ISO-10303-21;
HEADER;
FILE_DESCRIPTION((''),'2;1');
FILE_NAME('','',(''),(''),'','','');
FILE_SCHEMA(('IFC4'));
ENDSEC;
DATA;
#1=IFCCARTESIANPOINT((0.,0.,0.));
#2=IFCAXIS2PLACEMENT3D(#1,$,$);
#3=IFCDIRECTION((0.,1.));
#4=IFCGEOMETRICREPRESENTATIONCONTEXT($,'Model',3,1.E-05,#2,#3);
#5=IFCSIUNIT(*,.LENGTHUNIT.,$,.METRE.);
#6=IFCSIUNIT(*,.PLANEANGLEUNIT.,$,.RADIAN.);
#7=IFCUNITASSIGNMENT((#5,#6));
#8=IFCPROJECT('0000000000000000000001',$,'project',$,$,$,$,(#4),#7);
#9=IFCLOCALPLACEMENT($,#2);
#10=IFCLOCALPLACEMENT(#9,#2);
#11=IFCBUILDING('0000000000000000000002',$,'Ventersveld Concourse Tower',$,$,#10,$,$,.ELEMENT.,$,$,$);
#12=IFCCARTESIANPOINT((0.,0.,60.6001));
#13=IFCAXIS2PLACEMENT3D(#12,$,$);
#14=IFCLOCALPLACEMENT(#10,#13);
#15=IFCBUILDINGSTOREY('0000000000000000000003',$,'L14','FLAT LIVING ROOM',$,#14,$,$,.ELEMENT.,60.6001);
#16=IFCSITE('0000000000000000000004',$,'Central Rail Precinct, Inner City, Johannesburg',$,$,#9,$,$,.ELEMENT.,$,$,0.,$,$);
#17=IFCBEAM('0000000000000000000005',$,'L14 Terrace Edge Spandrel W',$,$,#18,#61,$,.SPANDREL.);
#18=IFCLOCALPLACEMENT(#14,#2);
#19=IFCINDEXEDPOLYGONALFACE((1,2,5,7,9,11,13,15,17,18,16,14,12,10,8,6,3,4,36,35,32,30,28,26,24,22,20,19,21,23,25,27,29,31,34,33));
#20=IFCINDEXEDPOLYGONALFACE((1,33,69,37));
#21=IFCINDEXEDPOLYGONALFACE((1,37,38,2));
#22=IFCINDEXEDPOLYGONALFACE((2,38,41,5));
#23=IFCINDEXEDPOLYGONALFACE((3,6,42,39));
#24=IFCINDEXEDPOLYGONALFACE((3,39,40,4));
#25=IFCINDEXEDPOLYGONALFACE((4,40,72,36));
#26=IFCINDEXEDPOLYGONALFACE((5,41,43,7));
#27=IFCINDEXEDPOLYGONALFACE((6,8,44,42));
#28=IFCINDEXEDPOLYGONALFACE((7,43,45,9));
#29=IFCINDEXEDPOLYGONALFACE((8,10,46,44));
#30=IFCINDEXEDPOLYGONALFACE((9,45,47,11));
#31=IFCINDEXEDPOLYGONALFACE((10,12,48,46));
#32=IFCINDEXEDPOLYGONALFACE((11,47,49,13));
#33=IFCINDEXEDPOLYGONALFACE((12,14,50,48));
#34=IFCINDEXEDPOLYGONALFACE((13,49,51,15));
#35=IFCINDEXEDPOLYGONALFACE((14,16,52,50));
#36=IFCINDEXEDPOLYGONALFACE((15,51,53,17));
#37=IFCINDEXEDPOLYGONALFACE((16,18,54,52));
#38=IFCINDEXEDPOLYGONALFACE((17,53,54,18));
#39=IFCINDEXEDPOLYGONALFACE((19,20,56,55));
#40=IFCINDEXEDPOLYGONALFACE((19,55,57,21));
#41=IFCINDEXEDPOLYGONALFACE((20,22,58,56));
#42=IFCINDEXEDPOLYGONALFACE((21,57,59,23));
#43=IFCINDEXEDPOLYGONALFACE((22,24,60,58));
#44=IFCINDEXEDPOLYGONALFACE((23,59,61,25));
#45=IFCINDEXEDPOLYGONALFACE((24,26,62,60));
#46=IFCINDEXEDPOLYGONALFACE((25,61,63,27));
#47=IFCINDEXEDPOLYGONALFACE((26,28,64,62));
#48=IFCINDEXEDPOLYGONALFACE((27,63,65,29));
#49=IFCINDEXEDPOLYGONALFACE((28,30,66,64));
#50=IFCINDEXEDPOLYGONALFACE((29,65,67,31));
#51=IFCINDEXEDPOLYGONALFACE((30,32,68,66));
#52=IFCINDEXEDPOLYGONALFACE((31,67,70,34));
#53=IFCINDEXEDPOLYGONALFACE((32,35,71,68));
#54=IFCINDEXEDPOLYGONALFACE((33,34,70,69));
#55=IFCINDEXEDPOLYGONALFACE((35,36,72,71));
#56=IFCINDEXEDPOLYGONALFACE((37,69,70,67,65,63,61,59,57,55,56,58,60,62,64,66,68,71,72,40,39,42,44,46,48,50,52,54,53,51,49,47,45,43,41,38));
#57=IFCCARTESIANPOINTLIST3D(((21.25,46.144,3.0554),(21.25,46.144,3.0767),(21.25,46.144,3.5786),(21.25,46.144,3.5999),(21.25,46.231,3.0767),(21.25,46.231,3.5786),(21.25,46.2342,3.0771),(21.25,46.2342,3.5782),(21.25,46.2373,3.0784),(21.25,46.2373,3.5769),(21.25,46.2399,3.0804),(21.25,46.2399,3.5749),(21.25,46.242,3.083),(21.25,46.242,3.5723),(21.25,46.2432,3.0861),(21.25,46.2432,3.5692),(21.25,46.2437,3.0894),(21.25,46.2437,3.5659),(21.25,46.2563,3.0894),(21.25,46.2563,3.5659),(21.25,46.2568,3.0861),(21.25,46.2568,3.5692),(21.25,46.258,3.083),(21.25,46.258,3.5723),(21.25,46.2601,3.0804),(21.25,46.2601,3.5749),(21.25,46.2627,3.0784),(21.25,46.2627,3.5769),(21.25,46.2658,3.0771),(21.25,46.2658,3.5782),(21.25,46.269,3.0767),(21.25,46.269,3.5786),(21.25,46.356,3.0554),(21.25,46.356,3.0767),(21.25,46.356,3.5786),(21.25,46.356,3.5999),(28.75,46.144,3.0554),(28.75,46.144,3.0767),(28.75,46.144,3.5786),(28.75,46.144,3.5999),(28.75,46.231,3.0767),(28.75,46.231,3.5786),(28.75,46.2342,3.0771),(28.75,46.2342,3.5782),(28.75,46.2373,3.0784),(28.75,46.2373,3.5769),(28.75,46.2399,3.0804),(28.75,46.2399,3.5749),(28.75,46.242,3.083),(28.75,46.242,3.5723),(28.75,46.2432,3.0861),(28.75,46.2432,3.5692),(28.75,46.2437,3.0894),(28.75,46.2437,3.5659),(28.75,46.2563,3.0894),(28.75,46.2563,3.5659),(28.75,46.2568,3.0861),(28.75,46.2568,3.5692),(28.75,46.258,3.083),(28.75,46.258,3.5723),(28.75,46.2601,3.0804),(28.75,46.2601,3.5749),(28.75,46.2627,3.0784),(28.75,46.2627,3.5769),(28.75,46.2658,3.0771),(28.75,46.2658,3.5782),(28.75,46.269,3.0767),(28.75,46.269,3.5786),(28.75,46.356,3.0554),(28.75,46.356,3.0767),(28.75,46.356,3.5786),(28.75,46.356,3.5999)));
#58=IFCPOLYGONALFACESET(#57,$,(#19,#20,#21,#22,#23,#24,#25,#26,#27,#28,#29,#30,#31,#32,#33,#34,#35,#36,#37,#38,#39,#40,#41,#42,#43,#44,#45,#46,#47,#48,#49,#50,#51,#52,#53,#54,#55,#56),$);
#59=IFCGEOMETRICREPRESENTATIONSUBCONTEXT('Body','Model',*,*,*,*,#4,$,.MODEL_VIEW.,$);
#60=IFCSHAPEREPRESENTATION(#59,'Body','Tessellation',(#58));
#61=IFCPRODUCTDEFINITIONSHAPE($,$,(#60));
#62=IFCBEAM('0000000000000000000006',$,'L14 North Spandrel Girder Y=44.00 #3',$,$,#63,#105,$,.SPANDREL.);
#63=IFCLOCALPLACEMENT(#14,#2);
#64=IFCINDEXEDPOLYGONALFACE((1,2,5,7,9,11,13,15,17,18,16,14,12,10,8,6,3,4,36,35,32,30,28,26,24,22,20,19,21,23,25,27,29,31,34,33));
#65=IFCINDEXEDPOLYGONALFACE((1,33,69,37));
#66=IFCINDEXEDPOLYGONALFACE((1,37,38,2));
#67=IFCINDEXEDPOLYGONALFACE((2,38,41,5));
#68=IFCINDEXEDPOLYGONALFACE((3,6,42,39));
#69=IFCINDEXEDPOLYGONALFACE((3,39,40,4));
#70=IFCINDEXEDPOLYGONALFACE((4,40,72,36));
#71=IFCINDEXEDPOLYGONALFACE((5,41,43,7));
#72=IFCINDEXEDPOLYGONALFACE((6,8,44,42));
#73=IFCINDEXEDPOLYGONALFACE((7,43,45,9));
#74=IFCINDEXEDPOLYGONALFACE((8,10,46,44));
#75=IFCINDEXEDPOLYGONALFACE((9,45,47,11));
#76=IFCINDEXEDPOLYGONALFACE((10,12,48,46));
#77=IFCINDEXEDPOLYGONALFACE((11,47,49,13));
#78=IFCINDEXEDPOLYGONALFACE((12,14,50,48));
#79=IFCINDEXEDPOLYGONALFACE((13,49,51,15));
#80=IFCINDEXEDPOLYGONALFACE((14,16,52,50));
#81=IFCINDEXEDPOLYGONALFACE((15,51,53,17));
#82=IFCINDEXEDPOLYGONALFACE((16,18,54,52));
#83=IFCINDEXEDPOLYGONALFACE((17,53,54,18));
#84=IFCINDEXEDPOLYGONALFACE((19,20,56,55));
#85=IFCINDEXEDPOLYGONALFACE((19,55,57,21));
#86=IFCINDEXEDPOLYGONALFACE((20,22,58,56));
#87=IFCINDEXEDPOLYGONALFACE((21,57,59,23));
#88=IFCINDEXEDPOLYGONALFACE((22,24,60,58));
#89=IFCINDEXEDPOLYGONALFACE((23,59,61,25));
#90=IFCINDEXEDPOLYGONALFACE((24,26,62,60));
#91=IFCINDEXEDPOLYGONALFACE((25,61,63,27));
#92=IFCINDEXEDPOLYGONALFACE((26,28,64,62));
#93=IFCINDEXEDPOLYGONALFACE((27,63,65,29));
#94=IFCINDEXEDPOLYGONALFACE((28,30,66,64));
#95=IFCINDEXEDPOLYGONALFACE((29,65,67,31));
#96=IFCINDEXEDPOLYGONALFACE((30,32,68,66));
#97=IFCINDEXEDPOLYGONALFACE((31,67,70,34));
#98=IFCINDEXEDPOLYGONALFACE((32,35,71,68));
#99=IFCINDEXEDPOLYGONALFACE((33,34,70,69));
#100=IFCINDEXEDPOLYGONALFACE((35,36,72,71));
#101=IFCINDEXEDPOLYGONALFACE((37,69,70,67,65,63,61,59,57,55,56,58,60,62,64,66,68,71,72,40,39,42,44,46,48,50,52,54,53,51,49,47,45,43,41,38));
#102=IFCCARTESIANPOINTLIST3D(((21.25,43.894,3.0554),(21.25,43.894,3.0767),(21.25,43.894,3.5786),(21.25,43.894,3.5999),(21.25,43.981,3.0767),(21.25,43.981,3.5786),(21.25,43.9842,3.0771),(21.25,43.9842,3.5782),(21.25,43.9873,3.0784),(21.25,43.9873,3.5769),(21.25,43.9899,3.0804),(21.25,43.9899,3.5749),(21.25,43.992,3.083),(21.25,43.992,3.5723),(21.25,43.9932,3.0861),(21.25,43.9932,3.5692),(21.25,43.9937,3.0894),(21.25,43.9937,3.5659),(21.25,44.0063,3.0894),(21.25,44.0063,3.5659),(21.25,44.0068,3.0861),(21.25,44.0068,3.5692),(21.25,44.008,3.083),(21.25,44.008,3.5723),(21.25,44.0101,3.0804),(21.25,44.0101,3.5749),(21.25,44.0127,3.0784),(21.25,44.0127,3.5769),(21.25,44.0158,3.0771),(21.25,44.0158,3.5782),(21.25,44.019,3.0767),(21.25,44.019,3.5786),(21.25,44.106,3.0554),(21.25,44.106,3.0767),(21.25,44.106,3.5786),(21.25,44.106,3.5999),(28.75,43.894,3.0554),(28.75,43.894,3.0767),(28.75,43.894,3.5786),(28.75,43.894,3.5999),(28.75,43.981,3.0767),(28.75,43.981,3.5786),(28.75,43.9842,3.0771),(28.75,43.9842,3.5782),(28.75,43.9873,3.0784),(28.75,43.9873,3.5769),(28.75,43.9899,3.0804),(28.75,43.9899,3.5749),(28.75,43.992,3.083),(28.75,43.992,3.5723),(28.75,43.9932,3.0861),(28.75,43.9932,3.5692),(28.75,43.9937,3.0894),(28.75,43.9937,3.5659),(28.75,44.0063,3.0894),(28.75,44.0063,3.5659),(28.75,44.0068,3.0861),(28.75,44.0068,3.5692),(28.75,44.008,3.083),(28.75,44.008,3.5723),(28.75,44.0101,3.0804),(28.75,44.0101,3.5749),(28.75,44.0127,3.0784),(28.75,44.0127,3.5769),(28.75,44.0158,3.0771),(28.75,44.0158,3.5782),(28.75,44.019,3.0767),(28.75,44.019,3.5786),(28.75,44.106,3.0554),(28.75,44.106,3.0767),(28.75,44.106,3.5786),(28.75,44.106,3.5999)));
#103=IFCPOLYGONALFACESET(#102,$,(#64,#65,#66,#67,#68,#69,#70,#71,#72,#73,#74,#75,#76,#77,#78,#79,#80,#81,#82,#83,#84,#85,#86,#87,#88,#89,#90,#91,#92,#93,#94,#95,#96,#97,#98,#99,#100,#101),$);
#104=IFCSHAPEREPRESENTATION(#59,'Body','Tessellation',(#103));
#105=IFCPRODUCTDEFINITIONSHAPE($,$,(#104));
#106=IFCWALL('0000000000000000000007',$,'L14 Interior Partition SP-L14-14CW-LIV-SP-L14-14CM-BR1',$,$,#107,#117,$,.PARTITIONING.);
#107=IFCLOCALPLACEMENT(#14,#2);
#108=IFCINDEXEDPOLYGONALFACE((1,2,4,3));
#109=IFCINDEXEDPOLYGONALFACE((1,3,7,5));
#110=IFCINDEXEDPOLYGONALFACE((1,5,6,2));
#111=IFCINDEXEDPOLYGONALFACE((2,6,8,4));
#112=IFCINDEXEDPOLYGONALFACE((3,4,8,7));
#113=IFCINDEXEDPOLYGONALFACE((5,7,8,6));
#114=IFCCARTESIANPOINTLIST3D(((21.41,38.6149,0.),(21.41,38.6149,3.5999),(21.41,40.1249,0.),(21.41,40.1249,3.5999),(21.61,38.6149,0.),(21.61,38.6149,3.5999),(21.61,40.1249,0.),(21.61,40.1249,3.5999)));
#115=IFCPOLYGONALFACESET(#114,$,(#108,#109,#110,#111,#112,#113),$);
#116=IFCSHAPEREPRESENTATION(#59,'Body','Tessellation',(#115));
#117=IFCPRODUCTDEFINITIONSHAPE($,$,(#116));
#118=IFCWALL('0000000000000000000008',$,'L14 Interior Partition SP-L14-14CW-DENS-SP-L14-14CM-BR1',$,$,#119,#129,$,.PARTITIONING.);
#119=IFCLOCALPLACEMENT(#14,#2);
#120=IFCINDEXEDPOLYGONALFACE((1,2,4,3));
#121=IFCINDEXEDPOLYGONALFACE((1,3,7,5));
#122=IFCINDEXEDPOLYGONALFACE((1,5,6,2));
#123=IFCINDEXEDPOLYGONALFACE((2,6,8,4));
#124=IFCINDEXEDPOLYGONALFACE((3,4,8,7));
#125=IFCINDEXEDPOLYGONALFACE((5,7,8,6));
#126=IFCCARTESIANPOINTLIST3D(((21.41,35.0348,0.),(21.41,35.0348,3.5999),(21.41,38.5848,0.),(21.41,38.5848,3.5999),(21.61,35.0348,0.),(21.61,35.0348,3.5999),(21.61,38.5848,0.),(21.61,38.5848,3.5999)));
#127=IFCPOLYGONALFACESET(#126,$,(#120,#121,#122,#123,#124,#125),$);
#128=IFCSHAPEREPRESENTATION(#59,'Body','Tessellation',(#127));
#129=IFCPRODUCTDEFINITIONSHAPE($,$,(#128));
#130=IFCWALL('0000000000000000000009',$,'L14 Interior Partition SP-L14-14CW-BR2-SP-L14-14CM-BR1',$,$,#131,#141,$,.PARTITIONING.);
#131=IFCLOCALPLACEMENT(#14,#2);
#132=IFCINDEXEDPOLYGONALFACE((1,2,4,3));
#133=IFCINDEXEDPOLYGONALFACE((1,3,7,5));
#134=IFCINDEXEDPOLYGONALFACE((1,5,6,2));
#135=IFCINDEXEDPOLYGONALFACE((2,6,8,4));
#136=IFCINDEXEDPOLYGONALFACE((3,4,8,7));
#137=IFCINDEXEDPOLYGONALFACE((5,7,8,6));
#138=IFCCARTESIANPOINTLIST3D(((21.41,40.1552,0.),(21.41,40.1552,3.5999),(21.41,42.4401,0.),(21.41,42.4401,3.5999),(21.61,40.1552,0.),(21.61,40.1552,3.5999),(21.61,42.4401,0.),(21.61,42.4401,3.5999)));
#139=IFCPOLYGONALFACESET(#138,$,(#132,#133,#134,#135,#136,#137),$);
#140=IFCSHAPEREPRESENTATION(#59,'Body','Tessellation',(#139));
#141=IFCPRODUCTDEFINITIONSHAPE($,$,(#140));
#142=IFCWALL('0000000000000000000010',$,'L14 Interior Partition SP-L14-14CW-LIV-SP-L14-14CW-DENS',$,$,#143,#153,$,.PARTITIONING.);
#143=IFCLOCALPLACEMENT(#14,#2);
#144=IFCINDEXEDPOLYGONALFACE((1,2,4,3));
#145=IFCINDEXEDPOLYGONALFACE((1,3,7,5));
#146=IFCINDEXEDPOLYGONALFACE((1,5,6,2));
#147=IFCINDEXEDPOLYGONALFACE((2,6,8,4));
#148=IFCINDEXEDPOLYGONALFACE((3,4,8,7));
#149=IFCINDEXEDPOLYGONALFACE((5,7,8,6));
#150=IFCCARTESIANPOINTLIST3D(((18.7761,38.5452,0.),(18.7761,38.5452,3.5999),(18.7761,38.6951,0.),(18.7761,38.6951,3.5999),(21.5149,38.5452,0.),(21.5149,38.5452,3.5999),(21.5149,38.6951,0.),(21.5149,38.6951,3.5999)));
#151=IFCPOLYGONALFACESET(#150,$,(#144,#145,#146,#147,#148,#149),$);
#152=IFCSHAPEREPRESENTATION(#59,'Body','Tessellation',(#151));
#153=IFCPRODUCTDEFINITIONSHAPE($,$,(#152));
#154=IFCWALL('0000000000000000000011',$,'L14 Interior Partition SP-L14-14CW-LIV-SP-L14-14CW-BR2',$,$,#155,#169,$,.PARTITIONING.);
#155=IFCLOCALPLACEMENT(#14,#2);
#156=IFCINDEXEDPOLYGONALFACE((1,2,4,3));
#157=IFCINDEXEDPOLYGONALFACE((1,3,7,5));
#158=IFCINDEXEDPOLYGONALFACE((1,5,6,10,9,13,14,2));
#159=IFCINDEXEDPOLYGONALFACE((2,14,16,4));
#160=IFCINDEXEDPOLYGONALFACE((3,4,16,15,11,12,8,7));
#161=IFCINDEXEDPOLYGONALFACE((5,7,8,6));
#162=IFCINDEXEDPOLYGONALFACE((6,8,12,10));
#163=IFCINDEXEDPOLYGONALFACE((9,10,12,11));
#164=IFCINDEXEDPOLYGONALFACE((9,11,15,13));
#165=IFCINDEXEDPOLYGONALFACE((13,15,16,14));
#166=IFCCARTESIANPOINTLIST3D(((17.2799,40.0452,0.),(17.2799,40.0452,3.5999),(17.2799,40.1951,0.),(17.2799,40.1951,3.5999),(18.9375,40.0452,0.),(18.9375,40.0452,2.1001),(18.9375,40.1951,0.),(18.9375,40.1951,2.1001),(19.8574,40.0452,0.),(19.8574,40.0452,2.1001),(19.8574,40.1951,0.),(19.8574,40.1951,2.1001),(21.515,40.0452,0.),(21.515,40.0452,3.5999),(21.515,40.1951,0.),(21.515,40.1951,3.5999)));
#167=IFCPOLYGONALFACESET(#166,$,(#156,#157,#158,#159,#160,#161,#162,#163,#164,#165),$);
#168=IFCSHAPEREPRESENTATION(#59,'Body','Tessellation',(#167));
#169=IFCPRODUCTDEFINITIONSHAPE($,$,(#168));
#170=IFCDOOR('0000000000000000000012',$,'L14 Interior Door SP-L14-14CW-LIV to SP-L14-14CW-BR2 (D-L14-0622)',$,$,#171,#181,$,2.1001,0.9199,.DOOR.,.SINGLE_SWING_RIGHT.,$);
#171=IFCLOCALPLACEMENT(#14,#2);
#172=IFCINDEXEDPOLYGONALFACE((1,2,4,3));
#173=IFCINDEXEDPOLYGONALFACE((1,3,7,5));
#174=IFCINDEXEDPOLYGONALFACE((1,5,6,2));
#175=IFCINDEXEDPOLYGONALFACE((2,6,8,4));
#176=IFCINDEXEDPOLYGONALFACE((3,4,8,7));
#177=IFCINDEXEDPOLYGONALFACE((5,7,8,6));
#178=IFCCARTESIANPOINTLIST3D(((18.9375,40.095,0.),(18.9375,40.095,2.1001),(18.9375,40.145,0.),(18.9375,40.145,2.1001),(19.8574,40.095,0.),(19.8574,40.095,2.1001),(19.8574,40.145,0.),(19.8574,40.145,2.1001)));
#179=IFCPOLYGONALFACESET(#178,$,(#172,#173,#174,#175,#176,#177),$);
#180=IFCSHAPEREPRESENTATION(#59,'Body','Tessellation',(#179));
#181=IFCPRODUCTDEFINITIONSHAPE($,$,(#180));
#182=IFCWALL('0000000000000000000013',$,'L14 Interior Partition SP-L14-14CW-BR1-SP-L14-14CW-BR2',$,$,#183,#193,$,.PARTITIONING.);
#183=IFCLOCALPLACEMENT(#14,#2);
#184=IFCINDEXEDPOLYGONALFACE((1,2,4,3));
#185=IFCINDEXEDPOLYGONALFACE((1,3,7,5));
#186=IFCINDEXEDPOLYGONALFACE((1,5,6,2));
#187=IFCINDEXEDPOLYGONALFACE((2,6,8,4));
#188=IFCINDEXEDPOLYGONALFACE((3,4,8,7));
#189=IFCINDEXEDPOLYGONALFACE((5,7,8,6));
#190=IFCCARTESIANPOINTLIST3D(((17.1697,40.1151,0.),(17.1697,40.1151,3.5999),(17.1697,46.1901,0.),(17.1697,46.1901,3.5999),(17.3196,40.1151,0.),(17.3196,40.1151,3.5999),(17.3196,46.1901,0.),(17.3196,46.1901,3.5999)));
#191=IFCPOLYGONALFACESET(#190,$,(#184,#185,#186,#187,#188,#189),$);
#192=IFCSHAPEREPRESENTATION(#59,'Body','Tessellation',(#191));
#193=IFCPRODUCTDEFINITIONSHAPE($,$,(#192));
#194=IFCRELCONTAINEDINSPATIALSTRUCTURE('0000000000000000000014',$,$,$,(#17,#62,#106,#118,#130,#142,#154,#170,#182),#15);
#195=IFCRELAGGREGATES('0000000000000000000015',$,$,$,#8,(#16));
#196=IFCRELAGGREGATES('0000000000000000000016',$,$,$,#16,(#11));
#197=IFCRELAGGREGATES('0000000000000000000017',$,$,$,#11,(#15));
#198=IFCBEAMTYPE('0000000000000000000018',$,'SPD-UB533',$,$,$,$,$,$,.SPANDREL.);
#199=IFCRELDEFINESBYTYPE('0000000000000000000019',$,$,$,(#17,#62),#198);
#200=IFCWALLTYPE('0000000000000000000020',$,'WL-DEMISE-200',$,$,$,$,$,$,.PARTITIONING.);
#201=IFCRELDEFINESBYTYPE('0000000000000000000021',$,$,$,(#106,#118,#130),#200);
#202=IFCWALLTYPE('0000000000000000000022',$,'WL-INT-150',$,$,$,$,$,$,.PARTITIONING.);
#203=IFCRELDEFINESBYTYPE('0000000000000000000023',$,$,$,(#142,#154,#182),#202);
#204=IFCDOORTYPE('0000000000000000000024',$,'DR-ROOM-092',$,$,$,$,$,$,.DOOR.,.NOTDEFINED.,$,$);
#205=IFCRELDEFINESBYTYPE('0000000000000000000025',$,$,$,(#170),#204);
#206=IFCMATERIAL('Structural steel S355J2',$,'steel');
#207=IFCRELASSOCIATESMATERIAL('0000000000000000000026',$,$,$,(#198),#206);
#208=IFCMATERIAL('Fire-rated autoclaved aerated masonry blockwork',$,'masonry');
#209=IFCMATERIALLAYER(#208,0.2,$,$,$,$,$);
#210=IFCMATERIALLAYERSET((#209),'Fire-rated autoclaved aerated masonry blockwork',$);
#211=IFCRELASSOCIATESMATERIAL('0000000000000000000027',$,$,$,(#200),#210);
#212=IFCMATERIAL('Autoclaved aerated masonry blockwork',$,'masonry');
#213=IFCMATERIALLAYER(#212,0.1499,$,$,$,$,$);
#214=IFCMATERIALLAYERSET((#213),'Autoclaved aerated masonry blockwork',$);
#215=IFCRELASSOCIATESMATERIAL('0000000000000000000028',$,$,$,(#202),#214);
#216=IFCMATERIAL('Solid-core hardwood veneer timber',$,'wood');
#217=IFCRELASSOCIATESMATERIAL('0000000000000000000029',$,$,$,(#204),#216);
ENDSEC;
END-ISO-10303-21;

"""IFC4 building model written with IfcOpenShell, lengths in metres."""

from ifc_helpers import new_model, si_unit, direction, frame, frame_2d, origin, origin_2d, place, context, subcontext, project, spatial, rectangle, i_section, extrude, material, layer, layer_set, material_profile, profile_set, type_object, element, fill, save


model = new_model("IFC4")

# Units and contexts
model_context = context("Model", 3, precision=1e-05, world=origin(), true_north=direction((0.0, 1.0)))
body_context = subcontext(model_context, "Body", "Model", "MODEL_VIEW")
ifc_project = project(units=[si_unit("LENGTHUNIT", "METRE"), si_unit("PLANEANGLEUNIT", "RADIAN")], contexts=[model_context])

# Site, building, storey
site_placement = place(None, origin())
site = spatial("IfcSite", under=ifc_project, at=site_placement, Name="Central Rail Precinct, Inner City, Johannesburg", CompositionType="ELEMENT", RefElevation=0.0)
building_placement = place(site_placement, origin())
building = spatial("IfcBuilding", under=site, at=building_placement, Name="Ventersveld Concourse Tower", CompositionType="ELEMENT")
storey_placement = place(building_placement, frame((0.0, 0.0, 60.6001)))
storey = spatial("IfcBuildingStorey", under=building, at=storey_placement, Name="L14", Description="FLAT LIVING ROOM", CompositionType="ELEMENT", Elevation=60.6001)

# Shared definitions
ifc_material_1 = material(Name="Structural steel S355J2", Category="steel")

# Beams
ifc_material_profile_1 = material_profile(ifc_material_1, i_section(OverallWidth=0.2119, OverallDepth=0.5444, WebThickness=0.0127, FlangeThickness=0.0212, FilletRadius=0.0127, at=origin_2d()), Name="UB 533x210x122")
ifc_profile_set_1 = profile_set([ifc_material_profile_1], Name="Structural steel S355J2")
beam_type_1 = type_object("IfcBeamType", Name="SPD-UB533", PredefinedType="SPANDREL", material=ifc_profile_set_1)
for number, where, z_axis, x_axis, name in (
    (1, (21.25, 46.25, 3.3276), (1.0, 0.0, 0.0), (0.0, 1.0, 0.0), "L14 Terrace Edge Spandrel W"),
    (2, (21.25, 44.0, 3.3276), (1.0, 0.0, 0.0), (0.0, 1.0, 0.0), "L14 North Spandrel Girder Y=44.00 #3"),
):
    element("IfcBeam", number, at=place(storey_placement, frame(where, z_axis=z_axis, x_axis=x_axis)), inside=storey, type_object=beam_type_1, Name=name, PredefinedType="SPANDREL", context=body_context, shape_type="SweptSolid", body=[
        extrude(i_section(OverallWidth=0.2119, OverallDepth=0.5444, WebThickness=0.0127, FlangeThickness=0.0212, FilletRadius=0.0127, at=origin_2d()), origin(), (0.0, 0.0, 1.0), 7.5),
    ])

# Walls
ifc_material_2 = material(Name="Fire-rated autoclaved aerated masonry blockwork", Category="masonry")
ifc_layer_1 = layer(ifc_material_2, 0.2)
ifc_layer_set_1 = layer_set([ifc_layer_1], Name="Fire-rated autoclaved aerated masonry blockwork")
wall_type_1 = type_object("IfcWallType", Name="WL-DEMISE-200", PredefinedType="PARTITIONING", material=ifc_layer_set_1)
wall_1_placement = place(storey_placement, frame((21.51, 38.615, 0.0), z_axis=(0.0, 0.0, 1.0), x_axis=(0.0, 1.0, 0.0)))
element("IfcWall", 3, at=wall_1_placement, inside=storey, type_object=wall_type_1, Name="L14 Interior Partition SP-L14-14CW-LIV-SP-L14-14CM-BR1", PredefinedType="PARTITIONING", context=body_context, shape_type="SweptSolid", body=[
    extrude(rectangle(XDim=1.51, YDim=0.2, at=frame_2d((0.7549, 0.0))), origin(), (0.0, 0.0, 1.0), 3.5999),
])
wall_2_placement = place(storey_placement, frame((21.51, 35.0349, 0.0), z_axis=(0.0, 0.0, 1.0), x_axis=(0.0, 1.0, 0.0)))
element("IfcWall", 4, at=wall_2_placement, inside=storey, type_object=wall_type_1, Name="L14 Interior Partition SP-L14-14CW-DENS-SP-L14-14CM-BR1", PredefinedType="PARTITIONING", context=body_context, shape_type="SweptSolid", body=[
    extrude(rectangle(XDim=3.55, YDim=0.2, at=frame_2d((1.7749, 0.0))), origin(), (0.0, 0.0, 1.0), 3.5999),
])
wall_3_placement = place(storey_placement, frame((21.51, 40.155, 0.0), z_axis=(0.0, 0.0, 1.0), x_axis=(0.0, 1.0, 0.0)))
element("IfcWall", 5, at=wall_3_placement, inside=storey, type_object=wall_type_1, Name="L14 Interior Partition SP-L14-14CW-BR2-SP-L14-14CM-BR1", PredefinedType="PARTITIONING", context=body_context, shape_type="SweptSolid", body=[
    extrude(rectangle(XDim=2.2849, YDim=0.2, at=frame_2d((1.1426, 0.0))), origin(), (0.0, 0.0, 1.0), 3.5999),
])
ifc_material_3 = material(Name="Autoclaved aerated masonry blockwork", Category="masonry")
ifc_layer_2 = layer(ifc_material_3, 0.1499)
ifc_layer_set_2 = layer_set([ifc_layer_2], Name="Autoclaved aerated masonry blockwork")
wall_type_2 = type_object("IfcWallType", Name="WL-INT-150", PredefinedType="PARTITIONING", material=ifc_layer_set_2)
wall_4_placement = place(storey_placement, frame((18.7761, 38.6201, 0.0), z_axis=(0.0, 0.0, 1.0), x_axis=(1.0, 0.0, 0.0)))
element("IfcWall", 6, at=wall_4_placement, inside=storey, type_object=wall_type_2, Name="L14 Interior Partition SP-L14-14CW-LIV-SP-L14-14CW-DENS", PredefinedType="PARTITIONING", context=body_context, shape_type="SweptSolid", body=[
    extrude(rectangle(XDim=2.7388, YDim=0.1499, at=frame_2d((1.3694, 0.0))), origin(), (0.0, 0.0, 1.0), 3.5999),
])

# Wall, opening, door
wall_5_placement = place(storey_placement, frame((17.2798, 40.1201, 0.0), z_axis=(0.0, 0.0, 1.0), x_axis=(1.0, 0.0, 0.0)))
wall_5 = element("IfcWall", 7, at=wall_5_placement, inside=storey, type_object=wall_type_2, Name="L14 Interior Partition SP-L14-14CW-LIV-SP-L14-14CW-BR2", PredefinedType="PARTITIONING", context=body_context, shape_type="SweptSolid", body=[
    extrude(rectangle(XDim=4.2351, YDim=0.1499, at=frame_2d((2.1177, 0.0))), origin(), (0.0, 0.0, 1.0), 3.5999),
])
opening_1_placement = place(wall_5_placement, frame((1.6577, 0.0, 0.0)))
opening_1 = element("IfcOpeningElement", 8, at=opening_1_placement, cuts=wall_5, PredefinedType="OPENING", context=body_context, shape_type="SweptSolid", body=[
    extrude(rectangle(XDim=0.9199, YDim=2.1001, at=frame_2d((0.46, 1.05))), frame((0.0, 0.085, 0.0), z_axis=(0.0, -1.0, 0.0), x_axis=(1.0, 0.0, 0.0)), (0.0, 0.0, 1.0), 0.1699),
])
ifc_material_4 = material(Name="Solid-core hardwood veneer timber", Category="wood")
door_type = type_object("IfcDoorType", Name="DR-ROOM-092", OperationType="NOTDEFINED", PredefinedType="DOOR", material=ifc_material_4)
door_1_placement = place(opening_1_placement, origin())
door_1 = element("IfcDoor", 9, at=door_1_placement, inside=storey, type_object=door_type, Name="L14 Interior Door SP-L14-14CW-LIV to SP-L14-14CW-BR2 (D-L14-0622)", OperationType="SINGLE_SWING_RIGHT", OverallHeight=2.1001, OverallWidth=0.9199, PredefinedType="DOOR", context=body_context, shape_type="SweptSolid", body=[
    extrude(rectangle(XDim=0.9199, YDim=2.1001, at=frame_2d((0.46, 1.05))), frame((0.0, 0.0249, 0.0), z_axis=(0.0, -1.0, 0.0), x_axis=(1.0, 0.0, 0.0)), (0.0, 0.0, 1.0), 0.05),
])
fill(opening_1, door_1)

# Wall
wall_6_placement = place(storey_placement, frame((17.2446, 40.115, 0.0), z_axis=(0.0, 0.0, 1.0), x_axis=(0.0, 1.0, 0.0)))
element("IfcWall", 10, at=wall_6_placement, inside=storey, type_object=wall_type_2, Name="L14 Interior Partition SP-L14-14CW-BR1-SP-L14-14CW-BR2", PredefinedType="PARTITIONING", context=body_context, shape_type="SweptSolid", body=[
    extrude(rectangle(XDim=6.075, YDim=0.1499, at=frame_2d((3.0376, 0.0))), origin(), (0.0, 0.0, 1.0), 3.5999),
])

save(model, "model.ifc")
